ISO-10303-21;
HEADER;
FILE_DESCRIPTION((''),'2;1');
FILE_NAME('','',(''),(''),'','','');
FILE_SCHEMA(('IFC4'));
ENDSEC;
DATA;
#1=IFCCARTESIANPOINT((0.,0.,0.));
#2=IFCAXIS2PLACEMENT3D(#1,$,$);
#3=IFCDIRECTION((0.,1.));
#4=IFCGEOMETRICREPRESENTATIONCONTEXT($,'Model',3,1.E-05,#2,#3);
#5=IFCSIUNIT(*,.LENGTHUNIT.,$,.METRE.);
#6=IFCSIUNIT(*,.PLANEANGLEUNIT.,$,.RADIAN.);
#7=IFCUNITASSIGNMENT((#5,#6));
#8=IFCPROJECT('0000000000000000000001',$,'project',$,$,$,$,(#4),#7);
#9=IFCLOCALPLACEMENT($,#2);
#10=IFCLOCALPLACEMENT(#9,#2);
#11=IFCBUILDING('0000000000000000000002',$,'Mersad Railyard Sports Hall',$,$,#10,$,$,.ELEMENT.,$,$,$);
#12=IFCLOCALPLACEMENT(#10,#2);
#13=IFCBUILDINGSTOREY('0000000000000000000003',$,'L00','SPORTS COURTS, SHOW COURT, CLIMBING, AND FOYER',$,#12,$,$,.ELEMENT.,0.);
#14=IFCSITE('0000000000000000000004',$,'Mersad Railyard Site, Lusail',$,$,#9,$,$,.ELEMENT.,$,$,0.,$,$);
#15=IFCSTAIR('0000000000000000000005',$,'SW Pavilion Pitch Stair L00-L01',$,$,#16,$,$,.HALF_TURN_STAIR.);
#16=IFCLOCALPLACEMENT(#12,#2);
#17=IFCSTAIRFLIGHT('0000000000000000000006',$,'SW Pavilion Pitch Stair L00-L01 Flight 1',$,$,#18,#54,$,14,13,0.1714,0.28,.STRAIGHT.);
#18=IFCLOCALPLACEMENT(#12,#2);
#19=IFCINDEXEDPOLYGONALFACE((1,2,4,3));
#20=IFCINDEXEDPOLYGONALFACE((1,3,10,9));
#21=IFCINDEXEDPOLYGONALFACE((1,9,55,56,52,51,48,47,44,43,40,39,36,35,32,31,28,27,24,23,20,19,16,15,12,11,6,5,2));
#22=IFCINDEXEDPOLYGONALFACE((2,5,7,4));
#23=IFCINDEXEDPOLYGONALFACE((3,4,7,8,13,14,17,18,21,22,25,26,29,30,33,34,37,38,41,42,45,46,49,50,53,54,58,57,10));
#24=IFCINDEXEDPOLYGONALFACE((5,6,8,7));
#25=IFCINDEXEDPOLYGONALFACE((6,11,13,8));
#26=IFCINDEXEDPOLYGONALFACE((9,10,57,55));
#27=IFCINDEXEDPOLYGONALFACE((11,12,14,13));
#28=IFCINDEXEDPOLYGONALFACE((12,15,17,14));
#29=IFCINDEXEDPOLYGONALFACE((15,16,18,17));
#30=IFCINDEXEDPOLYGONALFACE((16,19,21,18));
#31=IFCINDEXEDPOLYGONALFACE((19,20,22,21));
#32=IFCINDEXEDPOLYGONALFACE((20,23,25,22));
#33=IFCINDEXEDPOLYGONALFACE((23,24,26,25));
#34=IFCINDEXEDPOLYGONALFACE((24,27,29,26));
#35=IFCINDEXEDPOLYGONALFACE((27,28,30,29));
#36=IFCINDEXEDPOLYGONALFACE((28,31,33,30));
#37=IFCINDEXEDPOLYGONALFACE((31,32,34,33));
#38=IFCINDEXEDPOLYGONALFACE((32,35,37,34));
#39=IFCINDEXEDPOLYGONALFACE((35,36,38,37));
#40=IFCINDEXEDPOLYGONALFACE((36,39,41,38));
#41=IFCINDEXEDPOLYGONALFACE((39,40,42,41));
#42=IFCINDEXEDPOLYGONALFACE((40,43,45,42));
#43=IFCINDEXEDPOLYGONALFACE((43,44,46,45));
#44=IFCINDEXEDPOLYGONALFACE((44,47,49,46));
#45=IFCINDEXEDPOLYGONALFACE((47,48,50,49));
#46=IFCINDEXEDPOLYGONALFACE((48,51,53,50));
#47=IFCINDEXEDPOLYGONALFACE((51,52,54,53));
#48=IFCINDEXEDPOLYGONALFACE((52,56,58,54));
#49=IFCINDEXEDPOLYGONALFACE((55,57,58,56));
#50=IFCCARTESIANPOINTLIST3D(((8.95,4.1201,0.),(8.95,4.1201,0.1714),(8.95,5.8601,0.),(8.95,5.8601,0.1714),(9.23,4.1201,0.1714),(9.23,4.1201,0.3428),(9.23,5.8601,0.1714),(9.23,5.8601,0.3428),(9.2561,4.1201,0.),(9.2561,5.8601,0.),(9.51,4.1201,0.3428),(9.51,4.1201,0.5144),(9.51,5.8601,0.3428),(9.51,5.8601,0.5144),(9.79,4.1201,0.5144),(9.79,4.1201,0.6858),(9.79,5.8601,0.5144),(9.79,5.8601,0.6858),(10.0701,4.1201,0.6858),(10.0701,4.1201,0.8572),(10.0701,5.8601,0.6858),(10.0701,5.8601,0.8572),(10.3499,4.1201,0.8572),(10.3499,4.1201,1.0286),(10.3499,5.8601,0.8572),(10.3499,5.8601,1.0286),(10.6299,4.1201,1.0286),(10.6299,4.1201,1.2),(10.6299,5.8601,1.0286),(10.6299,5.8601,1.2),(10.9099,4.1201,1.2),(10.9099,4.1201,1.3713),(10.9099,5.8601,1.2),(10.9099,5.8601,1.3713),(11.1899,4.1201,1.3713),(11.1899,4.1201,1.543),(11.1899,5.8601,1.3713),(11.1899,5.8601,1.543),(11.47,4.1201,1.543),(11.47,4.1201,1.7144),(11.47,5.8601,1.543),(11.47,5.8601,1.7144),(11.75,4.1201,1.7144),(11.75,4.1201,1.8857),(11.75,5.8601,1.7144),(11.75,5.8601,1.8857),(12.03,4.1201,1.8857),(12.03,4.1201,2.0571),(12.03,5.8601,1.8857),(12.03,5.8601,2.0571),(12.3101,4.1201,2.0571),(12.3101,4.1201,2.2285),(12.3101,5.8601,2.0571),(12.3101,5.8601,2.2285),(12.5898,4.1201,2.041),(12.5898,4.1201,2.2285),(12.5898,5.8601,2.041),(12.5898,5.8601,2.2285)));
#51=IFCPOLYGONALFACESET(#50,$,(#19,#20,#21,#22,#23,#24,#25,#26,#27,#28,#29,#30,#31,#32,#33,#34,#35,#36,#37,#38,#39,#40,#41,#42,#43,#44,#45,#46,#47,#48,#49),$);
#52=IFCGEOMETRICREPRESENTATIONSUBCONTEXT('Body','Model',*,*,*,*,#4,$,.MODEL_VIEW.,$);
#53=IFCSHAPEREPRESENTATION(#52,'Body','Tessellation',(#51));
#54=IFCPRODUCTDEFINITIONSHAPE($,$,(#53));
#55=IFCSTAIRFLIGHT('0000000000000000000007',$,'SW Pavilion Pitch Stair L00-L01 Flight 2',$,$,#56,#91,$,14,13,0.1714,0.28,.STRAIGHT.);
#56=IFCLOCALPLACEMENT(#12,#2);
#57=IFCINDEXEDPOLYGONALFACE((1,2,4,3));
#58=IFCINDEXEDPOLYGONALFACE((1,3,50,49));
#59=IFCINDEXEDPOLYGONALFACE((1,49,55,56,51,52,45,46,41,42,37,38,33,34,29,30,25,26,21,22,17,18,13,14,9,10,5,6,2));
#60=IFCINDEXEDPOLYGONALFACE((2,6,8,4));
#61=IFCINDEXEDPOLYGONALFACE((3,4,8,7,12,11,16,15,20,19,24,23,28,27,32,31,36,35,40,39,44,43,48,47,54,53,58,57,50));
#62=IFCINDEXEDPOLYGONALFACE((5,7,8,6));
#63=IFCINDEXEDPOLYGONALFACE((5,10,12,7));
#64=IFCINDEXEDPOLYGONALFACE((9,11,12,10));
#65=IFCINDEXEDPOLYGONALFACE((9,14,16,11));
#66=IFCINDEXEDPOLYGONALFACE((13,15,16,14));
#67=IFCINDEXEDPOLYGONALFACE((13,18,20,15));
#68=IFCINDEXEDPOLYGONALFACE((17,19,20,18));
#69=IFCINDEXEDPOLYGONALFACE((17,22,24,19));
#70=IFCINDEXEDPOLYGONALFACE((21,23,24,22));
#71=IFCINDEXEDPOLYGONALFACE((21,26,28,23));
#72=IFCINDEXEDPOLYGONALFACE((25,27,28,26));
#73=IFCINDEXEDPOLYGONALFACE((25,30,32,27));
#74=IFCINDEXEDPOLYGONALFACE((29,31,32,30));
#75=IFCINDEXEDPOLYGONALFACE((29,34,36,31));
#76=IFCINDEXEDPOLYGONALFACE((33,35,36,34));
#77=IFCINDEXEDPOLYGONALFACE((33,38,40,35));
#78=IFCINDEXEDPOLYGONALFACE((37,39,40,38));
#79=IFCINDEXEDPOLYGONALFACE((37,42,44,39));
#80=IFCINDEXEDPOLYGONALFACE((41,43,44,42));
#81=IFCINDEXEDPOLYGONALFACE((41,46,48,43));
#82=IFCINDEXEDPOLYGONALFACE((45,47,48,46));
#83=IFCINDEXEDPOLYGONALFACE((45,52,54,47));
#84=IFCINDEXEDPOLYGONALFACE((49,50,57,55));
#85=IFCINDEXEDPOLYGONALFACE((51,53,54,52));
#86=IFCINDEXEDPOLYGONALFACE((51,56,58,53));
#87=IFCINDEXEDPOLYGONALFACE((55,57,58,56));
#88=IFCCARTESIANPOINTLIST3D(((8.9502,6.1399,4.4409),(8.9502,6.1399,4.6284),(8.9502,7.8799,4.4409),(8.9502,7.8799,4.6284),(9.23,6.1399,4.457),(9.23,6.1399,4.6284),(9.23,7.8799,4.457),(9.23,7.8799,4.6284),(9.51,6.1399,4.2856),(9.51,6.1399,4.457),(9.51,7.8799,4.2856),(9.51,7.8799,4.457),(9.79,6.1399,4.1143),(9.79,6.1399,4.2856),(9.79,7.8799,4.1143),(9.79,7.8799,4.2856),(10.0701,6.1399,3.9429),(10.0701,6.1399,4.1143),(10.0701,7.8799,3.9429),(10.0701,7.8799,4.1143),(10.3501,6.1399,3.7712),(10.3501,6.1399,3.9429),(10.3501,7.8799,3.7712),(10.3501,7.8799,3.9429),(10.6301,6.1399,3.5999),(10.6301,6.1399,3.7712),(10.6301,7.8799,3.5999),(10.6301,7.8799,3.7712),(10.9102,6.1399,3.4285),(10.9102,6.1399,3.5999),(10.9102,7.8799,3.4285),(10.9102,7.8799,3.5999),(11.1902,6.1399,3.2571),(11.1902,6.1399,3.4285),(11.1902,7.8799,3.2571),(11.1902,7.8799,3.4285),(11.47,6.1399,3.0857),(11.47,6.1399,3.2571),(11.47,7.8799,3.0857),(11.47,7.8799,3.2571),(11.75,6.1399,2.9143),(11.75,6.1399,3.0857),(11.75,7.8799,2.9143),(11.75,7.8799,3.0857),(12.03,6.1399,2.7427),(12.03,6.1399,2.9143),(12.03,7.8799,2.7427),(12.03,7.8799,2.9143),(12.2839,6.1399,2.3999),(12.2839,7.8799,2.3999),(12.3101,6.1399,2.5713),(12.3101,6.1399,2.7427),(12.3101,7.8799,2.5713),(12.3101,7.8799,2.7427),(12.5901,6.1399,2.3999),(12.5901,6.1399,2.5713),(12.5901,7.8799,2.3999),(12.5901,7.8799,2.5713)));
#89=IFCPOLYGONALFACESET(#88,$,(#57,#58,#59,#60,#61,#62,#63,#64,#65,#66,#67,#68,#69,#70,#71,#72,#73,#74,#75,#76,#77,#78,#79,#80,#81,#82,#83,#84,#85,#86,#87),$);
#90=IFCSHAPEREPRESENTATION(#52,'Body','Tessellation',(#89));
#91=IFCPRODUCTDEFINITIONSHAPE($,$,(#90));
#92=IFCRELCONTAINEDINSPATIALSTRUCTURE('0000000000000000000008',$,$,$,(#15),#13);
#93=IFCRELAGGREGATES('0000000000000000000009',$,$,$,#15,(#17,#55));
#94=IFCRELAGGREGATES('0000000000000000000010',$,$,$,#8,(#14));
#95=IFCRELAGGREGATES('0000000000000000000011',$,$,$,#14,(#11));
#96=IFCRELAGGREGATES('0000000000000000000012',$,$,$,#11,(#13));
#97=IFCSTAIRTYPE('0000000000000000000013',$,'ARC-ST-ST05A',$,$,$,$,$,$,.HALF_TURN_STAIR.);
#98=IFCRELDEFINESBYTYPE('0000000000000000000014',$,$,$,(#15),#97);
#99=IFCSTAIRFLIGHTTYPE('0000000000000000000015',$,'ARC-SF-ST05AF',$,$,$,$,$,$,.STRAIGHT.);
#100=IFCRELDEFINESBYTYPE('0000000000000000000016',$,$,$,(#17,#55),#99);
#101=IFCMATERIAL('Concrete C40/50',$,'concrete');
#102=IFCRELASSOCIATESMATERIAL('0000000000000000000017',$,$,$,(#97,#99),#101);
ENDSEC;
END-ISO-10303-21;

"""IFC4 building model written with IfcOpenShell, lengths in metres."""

from ifc_helpers import new_model, si_unit, direction, frame, origin, place, context, subcontext, project, spatial, polyline, outline, extrude, material, type_object, element, aggregate, save


model = new_model("IFC4")

# Units and contexts
model_context = context("Model", 3, precision=1e-05, world=origin(), true_north=direction((0.0, 1.0)))
body_context = subcontext(model_context, "Body", "Model", "MODEL_VIEW")
ifc_project = project(units=[si_unit("LENGTHUNIT", "METRE"), si_unit("PLANEANGLEUNIT", "RADIAN")], contexts=[model_context])

# Site, building, storey
site_placement = place(None, origin())
site = spatial("IfcSite", under=ifc_project, at=site_placement, Name="Mersad Railyard Site, Lusail", CompositionType="ELEMENT", RefElevation=0.0)
building_placement = place(site_placement, origin())
building = spatial("IfcBuilding", under=site, at=building_placement, Name="Mersad Railyard Sports Hall", CompositionType="ELEMENT")
storey_placement = place(building_placement, origin())
storey = spatial("IfcBuildingStorey", under=building, at=storey_placement, Name="L00", Description="SPORTS COURTS, SHOW COURT, CLIMBING, AND FOYER", CompositionType="ELEMENT", Elevation=0.0)

# Shared definitions
ifc_material_1 = material(Name="Concrete C40/50", Category="concrete")

# Stair, stair flights
stair_type = type_object("IfcStairType", Name="ARC-ST-ST05A", PredefinedType="HALF_TURN_STAIR", material=ifc_material_1)
stair_placement = place(storey_placement, origin())
stair = element("IfcStair", 1, at=stair_placement, inside=storey, type_object=stair_type, Name="SW Pavilion Pitch Stair L00-L01", PredefinedType="HALF_TURN_STAIR")
stair_flight_type = type_object("IfcStairFlightType", Name="ARC-SF-ST05AF", PredefinedType="STRAIGHT", material=ifc_material_1)
stair_flight_1_placement = place(storey_placement, frame((8.95, 4.99, 0.0), z_axis=(0.0, 0.0, 1.0), x_axis=(1.0, 0.0, 0.0)))
stair_flight_1 = element("IfcStairFlight", 2, at=stair_flight_1_placement, type_object=stair_flight_type, Name="SW Pavilion Pitch Stair L00-L01 Flight 1", NumberOfRisers=14, NumberOfTreads=13, PredefinedType="STRAIGHT", RiserHeight=0.1714, TreadLength=0.28, context=body_context, shape_type="SweptSolid", body=[
    extrude(outline(polyline([(0.0, 0.0), (0.0, 0.1714), (0.28, 0.1714), (0.28, 0.3428), (0.5601, 0.3428), (0.5601, 0.5144), (0.8401, 0.5144), (0.8401, 0.6858), (1.1201, 0.6858), (1.1201, 0.8572), (1.3999, 0.8572), (1.3999, 1.0286), (1.6799, 1.0286), (1.6799, 1.2), (1.96, 1.2), (1.96, 1.3713), (2.24, 1.3713), (2.24, 1.543), (2.52, 1.543), (2.52, 1.7144), (2.8, 1.7144), (2.8, 1.8857), (3.0801, 1.8857), (3.0801, 2.0571), (3.3601, 2.0571), (3.3601, 2.2285), (3.6399, 2.2285), (3.6399, 2.3999), (3.6399, 2.041), (0.3062, 0.0), (0.0, 0.0)])), frame((0.0, 0.8701, 0.0), z_axis=(0.0, -1.0, 0.0), x_axis=(1.0, 0.0, 0.0)), (0.0, 0.0, 1.0), 1.74),
])
stair_flight_2_placement = place(storey_placement, frame((12.5901, 7.01, 2.3999), z_axis=(0.0, 0.0, 1.0), x_axis=(-1.0, 0.0, 0.0)))
stair_flight_2 = element("IfcStairFlight", 3, at=stair_flight_2_placement, type_object=stair_flight_type, Name="SW Pavilion Pitch Stair L00-L01 Flight 2", NumberOfRisers=14, NumberOfTreads=13, PredefinedType="STRAIGHT", RiserHeight=0.1714, TreadLength=0.28, context=body_context, shape_type="SweptSolid", body=[
    extrude(outline(polyline([(0.0, 0.0), (0.0, 0.1714), (0.28, 0.1714), (0.28, 0.3428), (0.5601, 0.3428), (0.5601, 0.5144), (0.8401, 0.5144), (0.8401, 0.6858), (1.1201, 0.6858), (1.1201, 0.8572), (1.3999, 0.8572), (1.3999, 1.0286), (1.6799, 1.0286), (1.6799, 1.2), (1.96, 1.2), (1.96, 1.3713), (2.24, 1.3713), (2.24, 1.543), (2.52, 1.543), (2.52, 1.7144), (2.8, 1.7144), (2.8, 1.8857), (3.0801, 1.8857), (3.0801, 2.0571), (3.3601, 2.0571), (3.3601, 2.2285), (3.6399, 2.2285), (3.6399, 2.3999), (3.6399, 2.041), (0.3062, 0.0), (0.0, 0.0)])), frame((0.0, 0.8701, 0.0), z_axis=(0.0, -1.0, 0.0), x_axis=(1.0, 0.0, 0.0)), (0.0, 0.0, 1.0), 1.74),
])
aggregate(stair, [stair_flight_1, stair_flight_2])

save(model, "model.ifc")
